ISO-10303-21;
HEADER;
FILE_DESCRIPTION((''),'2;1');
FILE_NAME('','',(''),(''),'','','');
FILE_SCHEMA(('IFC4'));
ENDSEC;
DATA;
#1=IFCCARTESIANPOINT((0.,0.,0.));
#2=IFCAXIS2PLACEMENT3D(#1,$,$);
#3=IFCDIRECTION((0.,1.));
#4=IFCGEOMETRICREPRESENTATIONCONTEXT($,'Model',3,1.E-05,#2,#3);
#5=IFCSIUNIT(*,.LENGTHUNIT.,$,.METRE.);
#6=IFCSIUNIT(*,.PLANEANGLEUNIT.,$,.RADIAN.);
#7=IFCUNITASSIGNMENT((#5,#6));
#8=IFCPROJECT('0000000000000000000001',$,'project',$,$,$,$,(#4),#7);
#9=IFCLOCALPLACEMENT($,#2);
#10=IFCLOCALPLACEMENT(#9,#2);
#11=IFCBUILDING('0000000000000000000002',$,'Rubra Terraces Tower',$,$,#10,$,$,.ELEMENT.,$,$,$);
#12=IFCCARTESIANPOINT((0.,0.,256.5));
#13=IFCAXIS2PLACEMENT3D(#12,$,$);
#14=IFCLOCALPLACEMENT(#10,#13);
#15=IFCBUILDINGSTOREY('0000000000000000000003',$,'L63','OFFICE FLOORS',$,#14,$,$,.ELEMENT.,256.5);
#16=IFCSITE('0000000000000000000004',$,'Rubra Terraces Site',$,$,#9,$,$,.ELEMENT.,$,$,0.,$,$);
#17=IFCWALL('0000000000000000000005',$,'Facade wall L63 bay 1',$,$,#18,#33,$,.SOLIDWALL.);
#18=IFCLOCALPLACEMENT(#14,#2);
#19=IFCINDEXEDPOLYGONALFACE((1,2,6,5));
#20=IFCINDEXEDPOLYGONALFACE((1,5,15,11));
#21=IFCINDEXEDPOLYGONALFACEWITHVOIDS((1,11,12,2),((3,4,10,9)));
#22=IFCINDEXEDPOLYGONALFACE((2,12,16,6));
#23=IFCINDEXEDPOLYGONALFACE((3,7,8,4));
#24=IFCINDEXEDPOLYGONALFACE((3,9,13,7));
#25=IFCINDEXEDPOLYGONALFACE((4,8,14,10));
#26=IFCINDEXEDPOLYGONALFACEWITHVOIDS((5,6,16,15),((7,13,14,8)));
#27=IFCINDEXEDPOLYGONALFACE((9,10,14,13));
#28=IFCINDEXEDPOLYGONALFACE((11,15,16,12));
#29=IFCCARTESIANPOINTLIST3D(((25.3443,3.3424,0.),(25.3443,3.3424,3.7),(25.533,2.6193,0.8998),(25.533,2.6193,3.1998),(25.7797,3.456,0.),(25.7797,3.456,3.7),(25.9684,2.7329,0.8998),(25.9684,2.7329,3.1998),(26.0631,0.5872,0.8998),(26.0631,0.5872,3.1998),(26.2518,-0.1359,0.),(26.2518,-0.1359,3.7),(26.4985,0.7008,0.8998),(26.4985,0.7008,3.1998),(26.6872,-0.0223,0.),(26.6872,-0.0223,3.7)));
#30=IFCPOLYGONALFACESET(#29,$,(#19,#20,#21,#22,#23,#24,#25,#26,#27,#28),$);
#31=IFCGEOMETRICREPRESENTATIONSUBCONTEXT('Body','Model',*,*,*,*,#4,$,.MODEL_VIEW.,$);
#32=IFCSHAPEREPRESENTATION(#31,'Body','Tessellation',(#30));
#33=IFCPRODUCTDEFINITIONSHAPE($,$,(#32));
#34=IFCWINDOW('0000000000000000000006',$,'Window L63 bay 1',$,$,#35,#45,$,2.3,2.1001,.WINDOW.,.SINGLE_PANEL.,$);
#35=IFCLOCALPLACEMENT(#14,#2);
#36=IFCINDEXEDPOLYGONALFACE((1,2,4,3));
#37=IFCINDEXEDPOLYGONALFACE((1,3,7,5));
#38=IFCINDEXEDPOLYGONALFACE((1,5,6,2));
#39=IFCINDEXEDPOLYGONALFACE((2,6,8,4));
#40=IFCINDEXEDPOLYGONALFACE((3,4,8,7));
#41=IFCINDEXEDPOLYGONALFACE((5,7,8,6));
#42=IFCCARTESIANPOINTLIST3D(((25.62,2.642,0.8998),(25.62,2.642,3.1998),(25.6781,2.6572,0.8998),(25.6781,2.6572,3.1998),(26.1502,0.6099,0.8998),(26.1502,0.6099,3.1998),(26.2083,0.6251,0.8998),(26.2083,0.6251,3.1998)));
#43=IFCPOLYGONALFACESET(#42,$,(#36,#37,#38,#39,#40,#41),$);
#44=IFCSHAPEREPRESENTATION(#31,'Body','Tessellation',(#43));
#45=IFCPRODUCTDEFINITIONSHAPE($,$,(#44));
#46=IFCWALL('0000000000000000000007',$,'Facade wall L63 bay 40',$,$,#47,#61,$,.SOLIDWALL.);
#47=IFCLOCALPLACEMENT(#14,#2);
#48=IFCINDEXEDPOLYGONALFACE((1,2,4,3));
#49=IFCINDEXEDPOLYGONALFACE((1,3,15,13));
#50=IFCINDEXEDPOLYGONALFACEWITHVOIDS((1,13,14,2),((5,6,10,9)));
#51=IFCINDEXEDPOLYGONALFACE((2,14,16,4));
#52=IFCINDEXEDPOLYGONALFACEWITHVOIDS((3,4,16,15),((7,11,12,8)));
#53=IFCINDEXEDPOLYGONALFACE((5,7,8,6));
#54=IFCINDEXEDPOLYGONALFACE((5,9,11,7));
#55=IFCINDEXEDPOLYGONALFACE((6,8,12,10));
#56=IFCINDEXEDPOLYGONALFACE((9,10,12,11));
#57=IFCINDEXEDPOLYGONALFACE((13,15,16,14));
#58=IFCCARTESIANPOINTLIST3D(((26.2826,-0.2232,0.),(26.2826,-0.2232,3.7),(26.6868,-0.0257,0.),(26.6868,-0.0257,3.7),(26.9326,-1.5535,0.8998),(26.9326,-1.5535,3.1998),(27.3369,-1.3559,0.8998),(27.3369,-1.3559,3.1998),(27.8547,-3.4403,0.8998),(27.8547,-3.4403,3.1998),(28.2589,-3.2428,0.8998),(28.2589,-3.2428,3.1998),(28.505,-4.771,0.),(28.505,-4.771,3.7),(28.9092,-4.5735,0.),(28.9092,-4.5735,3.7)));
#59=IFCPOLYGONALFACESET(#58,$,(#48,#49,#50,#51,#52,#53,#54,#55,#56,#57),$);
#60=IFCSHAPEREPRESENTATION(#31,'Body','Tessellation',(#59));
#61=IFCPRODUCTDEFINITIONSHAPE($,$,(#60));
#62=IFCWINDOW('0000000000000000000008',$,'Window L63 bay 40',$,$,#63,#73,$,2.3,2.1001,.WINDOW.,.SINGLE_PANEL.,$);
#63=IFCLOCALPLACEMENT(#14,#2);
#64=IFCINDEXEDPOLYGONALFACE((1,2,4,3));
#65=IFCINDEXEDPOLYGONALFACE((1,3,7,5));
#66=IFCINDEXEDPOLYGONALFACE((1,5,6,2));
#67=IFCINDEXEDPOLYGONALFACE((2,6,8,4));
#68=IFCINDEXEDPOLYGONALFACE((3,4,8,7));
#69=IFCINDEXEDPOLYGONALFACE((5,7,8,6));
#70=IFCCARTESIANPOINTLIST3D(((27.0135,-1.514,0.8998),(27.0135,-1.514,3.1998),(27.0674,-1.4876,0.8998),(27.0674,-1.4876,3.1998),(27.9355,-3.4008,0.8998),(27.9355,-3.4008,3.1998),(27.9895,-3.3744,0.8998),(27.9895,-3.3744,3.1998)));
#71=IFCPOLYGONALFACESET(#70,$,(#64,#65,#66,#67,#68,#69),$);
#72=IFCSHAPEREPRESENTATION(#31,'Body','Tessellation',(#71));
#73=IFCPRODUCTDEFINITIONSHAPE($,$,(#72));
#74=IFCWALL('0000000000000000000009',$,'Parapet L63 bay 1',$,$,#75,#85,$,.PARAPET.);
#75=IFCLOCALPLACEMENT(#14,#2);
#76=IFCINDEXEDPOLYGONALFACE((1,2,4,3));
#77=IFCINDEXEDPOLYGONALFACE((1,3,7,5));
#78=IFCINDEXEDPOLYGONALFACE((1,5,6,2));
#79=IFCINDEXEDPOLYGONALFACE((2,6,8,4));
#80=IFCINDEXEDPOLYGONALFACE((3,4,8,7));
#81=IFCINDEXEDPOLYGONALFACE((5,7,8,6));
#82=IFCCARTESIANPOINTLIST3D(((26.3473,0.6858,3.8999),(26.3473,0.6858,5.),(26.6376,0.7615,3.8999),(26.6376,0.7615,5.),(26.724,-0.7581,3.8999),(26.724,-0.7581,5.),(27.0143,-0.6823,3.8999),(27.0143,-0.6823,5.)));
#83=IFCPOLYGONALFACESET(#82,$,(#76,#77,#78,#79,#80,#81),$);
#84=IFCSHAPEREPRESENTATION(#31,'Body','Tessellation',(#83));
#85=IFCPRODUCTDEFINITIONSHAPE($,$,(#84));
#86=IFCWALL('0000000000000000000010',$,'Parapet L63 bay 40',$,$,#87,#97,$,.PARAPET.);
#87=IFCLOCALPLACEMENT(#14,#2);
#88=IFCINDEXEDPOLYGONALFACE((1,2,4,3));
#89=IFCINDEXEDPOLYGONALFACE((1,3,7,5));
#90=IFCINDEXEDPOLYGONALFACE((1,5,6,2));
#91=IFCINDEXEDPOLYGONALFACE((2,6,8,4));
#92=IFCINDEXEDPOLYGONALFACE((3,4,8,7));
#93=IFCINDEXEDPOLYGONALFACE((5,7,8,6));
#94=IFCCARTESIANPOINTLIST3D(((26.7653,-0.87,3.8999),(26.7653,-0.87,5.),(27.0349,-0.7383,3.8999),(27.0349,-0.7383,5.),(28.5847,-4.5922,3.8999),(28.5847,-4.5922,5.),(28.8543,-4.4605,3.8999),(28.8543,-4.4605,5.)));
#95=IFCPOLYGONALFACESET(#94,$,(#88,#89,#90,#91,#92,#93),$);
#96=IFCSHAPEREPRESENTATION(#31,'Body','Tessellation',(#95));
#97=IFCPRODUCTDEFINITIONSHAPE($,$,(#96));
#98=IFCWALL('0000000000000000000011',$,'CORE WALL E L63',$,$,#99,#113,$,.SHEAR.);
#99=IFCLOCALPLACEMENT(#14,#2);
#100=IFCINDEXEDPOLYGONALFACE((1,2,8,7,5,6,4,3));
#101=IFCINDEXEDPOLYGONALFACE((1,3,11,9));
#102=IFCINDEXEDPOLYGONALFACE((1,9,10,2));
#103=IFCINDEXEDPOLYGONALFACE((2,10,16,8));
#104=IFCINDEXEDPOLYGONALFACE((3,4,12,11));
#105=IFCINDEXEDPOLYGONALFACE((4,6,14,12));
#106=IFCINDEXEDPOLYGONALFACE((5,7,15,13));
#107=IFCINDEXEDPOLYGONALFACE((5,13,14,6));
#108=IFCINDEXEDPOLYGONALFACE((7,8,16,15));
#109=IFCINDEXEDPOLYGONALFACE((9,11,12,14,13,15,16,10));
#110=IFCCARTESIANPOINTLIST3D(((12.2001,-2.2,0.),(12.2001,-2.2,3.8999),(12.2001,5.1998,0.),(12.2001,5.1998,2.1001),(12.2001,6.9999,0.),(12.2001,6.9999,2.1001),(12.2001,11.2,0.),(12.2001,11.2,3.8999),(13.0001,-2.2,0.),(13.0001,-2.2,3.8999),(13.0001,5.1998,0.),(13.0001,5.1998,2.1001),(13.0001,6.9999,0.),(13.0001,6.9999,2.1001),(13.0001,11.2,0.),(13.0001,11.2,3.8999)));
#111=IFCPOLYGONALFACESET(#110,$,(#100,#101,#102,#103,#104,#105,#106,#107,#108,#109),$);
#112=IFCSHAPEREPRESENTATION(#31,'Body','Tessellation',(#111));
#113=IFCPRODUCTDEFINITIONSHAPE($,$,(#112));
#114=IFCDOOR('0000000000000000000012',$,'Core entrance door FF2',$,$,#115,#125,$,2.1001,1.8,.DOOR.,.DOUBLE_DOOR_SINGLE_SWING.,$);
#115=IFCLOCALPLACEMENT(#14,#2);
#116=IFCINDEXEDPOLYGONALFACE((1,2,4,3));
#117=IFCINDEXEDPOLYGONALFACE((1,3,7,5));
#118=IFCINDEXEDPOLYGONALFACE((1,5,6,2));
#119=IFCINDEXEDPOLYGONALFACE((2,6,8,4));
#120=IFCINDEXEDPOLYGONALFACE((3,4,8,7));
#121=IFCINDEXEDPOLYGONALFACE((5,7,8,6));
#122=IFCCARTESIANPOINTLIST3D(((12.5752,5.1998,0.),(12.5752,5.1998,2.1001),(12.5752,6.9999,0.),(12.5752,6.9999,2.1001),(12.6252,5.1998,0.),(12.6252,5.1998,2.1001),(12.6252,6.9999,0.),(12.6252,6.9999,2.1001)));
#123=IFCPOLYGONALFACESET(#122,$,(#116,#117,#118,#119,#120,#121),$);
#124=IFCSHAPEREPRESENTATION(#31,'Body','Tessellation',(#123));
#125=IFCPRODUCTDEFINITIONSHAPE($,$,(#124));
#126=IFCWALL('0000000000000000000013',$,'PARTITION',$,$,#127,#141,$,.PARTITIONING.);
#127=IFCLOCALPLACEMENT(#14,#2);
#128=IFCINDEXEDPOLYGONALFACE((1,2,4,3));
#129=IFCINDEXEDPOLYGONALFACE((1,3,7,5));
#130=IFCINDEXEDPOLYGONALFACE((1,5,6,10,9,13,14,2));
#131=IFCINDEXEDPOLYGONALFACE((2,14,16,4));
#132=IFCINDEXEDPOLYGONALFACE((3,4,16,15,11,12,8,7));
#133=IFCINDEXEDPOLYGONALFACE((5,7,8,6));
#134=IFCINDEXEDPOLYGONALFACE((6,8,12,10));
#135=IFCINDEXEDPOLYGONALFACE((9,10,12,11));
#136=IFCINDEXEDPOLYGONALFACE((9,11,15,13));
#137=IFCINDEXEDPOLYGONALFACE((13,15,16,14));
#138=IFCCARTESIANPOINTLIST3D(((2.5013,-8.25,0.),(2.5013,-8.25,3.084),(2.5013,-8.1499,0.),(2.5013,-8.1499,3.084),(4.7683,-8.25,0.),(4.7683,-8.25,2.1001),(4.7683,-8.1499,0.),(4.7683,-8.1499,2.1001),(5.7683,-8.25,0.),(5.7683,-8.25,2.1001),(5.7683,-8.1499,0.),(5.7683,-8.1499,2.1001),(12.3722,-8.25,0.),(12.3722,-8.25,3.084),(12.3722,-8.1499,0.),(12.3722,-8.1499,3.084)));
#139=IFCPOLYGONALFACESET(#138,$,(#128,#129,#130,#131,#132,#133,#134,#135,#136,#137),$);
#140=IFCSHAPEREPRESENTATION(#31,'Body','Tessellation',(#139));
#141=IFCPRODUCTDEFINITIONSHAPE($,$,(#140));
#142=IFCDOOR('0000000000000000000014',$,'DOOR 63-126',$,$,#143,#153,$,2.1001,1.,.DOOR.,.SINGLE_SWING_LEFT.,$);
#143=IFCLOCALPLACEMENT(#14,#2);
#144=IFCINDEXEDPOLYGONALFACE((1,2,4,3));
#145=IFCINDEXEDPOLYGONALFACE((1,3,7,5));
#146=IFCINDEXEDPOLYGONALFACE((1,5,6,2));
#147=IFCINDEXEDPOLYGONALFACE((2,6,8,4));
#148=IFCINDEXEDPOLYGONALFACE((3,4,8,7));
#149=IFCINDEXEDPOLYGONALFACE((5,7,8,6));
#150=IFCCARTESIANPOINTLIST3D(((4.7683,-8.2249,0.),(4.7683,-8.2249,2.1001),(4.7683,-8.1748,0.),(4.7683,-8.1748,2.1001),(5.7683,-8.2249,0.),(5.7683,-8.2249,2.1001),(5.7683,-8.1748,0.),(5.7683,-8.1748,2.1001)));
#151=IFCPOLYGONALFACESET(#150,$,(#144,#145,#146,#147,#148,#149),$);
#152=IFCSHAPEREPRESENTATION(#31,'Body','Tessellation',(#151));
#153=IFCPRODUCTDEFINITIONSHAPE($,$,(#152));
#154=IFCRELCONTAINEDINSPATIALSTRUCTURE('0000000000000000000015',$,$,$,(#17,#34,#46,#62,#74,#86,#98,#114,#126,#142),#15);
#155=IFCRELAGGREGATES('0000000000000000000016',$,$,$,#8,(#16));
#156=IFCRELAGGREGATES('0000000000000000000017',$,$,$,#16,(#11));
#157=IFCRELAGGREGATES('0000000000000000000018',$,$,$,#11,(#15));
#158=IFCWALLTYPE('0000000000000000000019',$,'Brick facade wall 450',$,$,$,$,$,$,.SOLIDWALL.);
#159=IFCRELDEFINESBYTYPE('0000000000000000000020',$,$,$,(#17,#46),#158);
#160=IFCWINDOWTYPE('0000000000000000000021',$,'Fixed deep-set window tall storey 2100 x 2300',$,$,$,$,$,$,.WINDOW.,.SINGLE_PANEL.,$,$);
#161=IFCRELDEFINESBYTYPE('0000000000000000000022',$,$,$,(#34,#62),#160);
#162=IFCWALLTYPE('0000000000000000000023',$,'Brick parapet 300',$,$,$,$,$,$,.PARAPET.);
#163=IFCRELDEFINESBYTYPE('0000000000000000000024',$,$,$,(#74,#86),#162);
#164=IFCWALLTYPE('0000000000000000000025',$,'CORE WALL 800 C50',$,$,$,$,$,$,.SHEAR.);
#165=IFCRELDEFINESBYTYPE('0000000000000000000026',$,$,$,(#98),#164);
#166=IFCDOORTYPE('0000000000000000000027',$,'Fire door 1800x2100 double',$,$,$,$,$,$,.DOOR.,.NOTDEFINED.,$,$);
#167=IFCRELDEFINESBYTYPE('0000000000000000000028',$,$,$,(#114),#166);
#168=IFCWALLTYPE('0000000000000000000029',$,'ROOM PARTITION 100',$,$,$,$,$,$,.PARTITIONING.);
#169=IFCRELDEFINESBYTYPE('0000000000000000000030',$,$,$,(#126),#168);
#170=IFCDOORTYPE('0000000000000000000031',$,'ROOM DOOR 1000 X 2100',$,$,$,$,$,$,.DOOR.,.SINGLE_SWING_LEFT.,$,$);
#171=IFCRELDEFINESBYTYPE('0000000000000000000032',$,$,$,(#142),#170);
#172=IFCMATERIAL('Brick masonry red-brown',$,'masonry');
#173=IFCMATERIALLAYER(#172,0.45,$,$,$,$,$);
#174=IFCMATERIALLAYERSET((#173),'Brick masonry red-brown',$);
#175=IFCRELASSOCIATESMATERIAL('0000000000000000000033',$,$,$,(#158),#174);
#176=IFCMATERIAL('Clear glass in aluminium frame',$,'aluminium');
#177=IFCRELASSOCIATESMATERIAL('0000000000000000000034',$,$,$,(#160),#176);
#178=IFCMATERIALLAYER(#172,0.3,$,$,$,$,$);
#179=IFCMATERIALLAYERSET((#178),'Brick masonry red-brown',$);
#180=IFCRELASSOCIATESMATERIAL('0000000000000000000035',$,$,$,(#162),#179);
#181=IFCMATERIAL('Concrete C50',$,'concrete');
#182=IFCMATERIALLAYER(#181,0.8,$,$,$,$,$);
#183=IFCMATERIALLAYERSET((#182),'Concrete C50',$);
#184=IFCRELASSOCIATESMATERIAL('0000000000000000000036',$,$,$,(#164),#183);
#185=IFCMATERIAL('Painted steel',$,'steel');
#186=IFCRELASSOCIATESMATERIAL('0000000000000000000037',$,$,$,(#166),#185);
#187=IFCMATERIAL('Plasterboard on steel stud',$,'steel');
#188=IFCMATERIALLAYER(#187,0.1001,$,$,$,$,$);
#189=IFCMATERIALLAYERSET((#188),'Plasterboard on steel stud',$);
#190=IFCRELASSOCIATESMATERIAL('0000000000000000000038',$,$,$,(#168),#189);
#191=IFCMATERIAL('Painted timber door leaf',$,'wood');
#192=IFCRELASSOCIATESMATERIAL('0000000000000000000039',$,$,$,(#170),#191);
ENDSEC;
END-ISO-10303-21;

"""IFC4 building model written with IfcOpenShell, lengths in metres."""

from ifc_helpers import new_model, si_unit, direction, frame, frame_2d, origin, place, context, subcontext, project, spatial, rectangle, extrude, material, layer, layer_set, type_object, element, fill, save


model = new_model("IFC4")

# Units and contexts
model_context = context("Model", 3, precision=1e-05, world=origin(), true_north=direction((0.0, 1.0)))
body_context = subcontext(model_context, "Body", "Model", "MODEL_VIEW")
ifc_project = project(units=[si_unit("LENGTHUNIT", "METRE"), si_unit("PLANEANGLEUNIT", "RADIAN")], contexts=[model_context])

# Site, building, storey
site_placement = place(None, origin())
site = spatial("IfcSite", under=ifc_project, at=site_placement, Name="Rubra Terraces Site", CompositionType="ELEMENT", RefElevation=0.0)
building_placement = place(site_placement, origin())
building = spatial("IfcBuilding", under=site, at=building_placement, Name="Rubra Terraces Tower", CompositionType="ELEMENT")
storey_placement = place(building_placement, frame((0.0, 0.0, 256.5)))
storey = spatial("IfcBuildingStorey", under=building, at=storey_placement, Name="L63", Description="OFFICE FLOORS", CompositionType="ELEMENT", Elevation=256.5)

# Shared definitions
ifc_material_1 = material(Name="Concrete C50", Category="concrete")

# Walls, openings, windows
ifc_material_2 = material(Name="Brick masonry red-brown", Category="masonry")
ifc_layer_1 = layer(ifc_material_2, 0.45)
ifc_layer_set_1 = layer_set([ifc_layer_1], Name="Brick masonry red-brown")
wall_type_1 = type_object("IfcWallType", Name="Brick facade wall 450", PredefinedType="SOLIDWALL", material=ifc_layer_set_1)
wall_1_placement = place(storey_placement, frame((26.4695, -0.0791, 0.0), z_axis=(0.0, 0.0, 1.0), x_axis=(-0.252447, 0.967611, 0.0)))
wall_1 = element("IfcWall", 1, at=wall_1_placement, inside=storey, type_object=wall_type_1, Name="Facade wall L63 bay 1", PredefinedType="SOLIDWALL", context=body_context, shape_type="SweptSolid", body=[
    extrude(rectangle(XDim=3.5947, YDim=0.45, at=frame_2d((1.7974, 0.0))), origin(), (0.0, 0.0, 1.0), 3.7),
])
opening_1_placement = place(wall_1_placement, frame((0.7473, 0.0, 0.8999)))
opening_1 = element("IfcOpeningElement", 2, at=opening_1_placement, cuts=wall_1, PredefinedType="OPENING", context=body_context, shape_type="SweptSolid", body=[
    extrude(rectangle(XDim=2.1001, YDim=2.3, at=frame_2d((1.05, 1.1499))), frame((0.0, 0.2349, 0.0), z_axis=(0.0, -1.0, 0.0), x_axis=(1.0, 0.0, 0.0)), (0.0, 0.0, 1.0), 0.47),
])
ifc_material_3 = material(Name="Clear glass in aluminium frame", Category="aluminium")
window_type = type_object("IfcWindowType", Name="Fixed deep-set window tall storey 2100 x 2300", PartitioningType="SINGLE_PANEL", PredefinedType="WINDOW", material=ifc_material_3)
window_1_placement = place(opening_1_placement, origin())
window_1 = element("IfcWindow", 3, at=window_1_placement, inside=storey, type_object=window_type, Name="Window L63 bay 1", OverallHeight=2.3, OverallWidth=2.1001, PartitioningType="SINGLE_PANEL", PredefinedType="WINDOW", context=body_context, shape_type="SweptSolid", body=[
    extrude(rectangle(XDim=2.1001, YDim=2.3, at=frame_2d((1.05, 1.1499))), frame((0.0, 0.135, 0.0), z_axis=(0.0, -1.0, 0.0), x_axis=(1.0, 0.0, 0.0)), (0.0, 0.0, 1.0), 0.0601),
])
fill(opening_1, window_1)
wall_2_placement = place(storey_placement, frame((28.707, -4.6721, 0.0), z_axis=(0.0, 0.0, 1.0), x_axis=(-0.439054, 0.898461, 0.0)))
wall_2 = element("IfcWall", 4, at=wall_2_placement, inside=storey, type_object=wall_type_1, Name="Facade wall L63 bay 40", PredefinedType="SOLIDWALL", context=body_context, shape_type="SweptSolid", body=[
    extrude(rectangle(XDim=5.0618, YDim=0.45, at=frame_2d((2.5308, 0.0))), origin(), (0.0, 0.0, 1.0), 3.7),
])
opening_2_placement = place(wall_2_placement, frame((1.481, 0.0, 0.8999)))
opening_2 = element("IfcOpeningElement", 5, at=opening_2_placement, cuts=wall_2, PredefinedType="OPENING", context=body_context, shape_type="SweptSolid", body=[
    extrude(rectangle(XDim=2.1001, YDim=2.3, at=frame_2d((1.05, 1.1499))), frame((0.0, 0.2349, 0.0), z_axis=(0.0, -1.0, 0.0), x_axis=(1.0, 0.0, 0.0)), (0.0, 0.0, 1.0), 0.47),
])
window_2_placement = place(opening_2_placement, origin())
window_2 = element("IfcWindow", 6, at=window_2_placement, inside=storey, type_object=window_type, Name="Window L63 bay 40", OverallHeight=2.3, OverallWidth=2.1001, PartitioningType="SINGLE_PANEL", PredefinedType="WINDOW", context=body_context, shape_type="SweptSolid", body=[
    extrude(rectangle(XDim=2.1001, YDim=2.3, at=frame_2d((1.05, 1.1499))), frame((0.0, 0.135, 0.0), z_axis=(0.0, -1.0, 0.0), x_axis=(1.0, 0.0, 0.0)), (0.0, 0.0, 1.0), 0.0601),
])
fill(opening_2, window_2)

# Walls
ifc_layer_2 = layer(ifc_material_2, 0.3)
ifc_layer_set_2 = layer_set([ifc_layer_2], Name="Brick masonry red-brown")
wall_type_2 = type_object("IfcWallType", Name="Brick parapet 300", PredefinedType="PARAPET", material=ifc_layer_set_2)
wall_3_placement = place(storey_placement, frame((26.8691, -0.7202, 3.8999), z_axis=(0.0, 0.0, 1.0), x_axis=(-0.252455, 0.967609, 0.0)))
element("IfcWall", 7, at=wall_3_placement, inside=storey, type_object=wall_type_2, Name="Parapet L63 bay 1", PredefinedType="PARAPET", context=body_context, shape_type="SweptSolid", body=[
    extrude(rectangle(XDim=1.4922, YDim=0.3, at=frame_2d((0.7461, 0.0))), origin(), (0.0, 0.0, 1.0), 1.1001),
])
wall_4_placement = place(storey_placement, frame((28.7195, -4.5264, 3.8999), z_axis=(0.0, 0.0, 1.0), x_axis=(-0.439134, 0.898422, 0.0)))
element("IfcWall", 8, at=wall_4_placement, inside=storey, type_object=wall_type_2, Name="Parapet L63 bay 40", PredefinedType="PARAPET", context=body_context, shape_type="SweptSolid", body=[
    extrude(rectangle(XDim=4.1431, YDim=0.3, at=frame_2d((2.0715, 0.0))), origin(), (0.0, 0.0, 1.0), 1.1001),
])

# Wall, opening, door
ifc_layer_3 = layer(ifc_material_1, 0.8)
ifc_layer_set_3 = layer_set([ifc_layer_3], Name="Concrete C50")
wall_type_3 = type_object("IfcWallType", Name="CORE WALL 800 C50", PredefinedType="SHEAR", material=ifc_layer_set_3)
wall_5_placement = place(storey_placement, frame((12.6001, -2.2, 0.0), z_axis=(0.0, 0.0, 1.0), x_axis=(0.0, 1.0, 0.0)))
wall_5 = element("IfcWall", 9, at=wall_5_placement, inside=storey, type_object=wall_type_3, Name="CORE WALL E L63", PredefinedType="SHEAR", context=body_context, shape_type="SweptSolid", body=[
    extrude(rectangle(XDim=13.3999, YDim=0.8, at=frame_2d((6.7, 0.0))), origin(), (0.0, 0.0, 1.0), 3.8999),
])
opening_3_placement = place(wall_5_placement, frame((7.3999, 0.0, 0.0)))
opening_3 = element("IfcOpeningElement", 10, at=opening_3_placement, cuts=wall_5, PredefinedType="OPENING", context=body_context, shape_type="SweptSolid", body=[
    extrude(rectangle(XDim=1.8, YDim=2.1001, at=frame_2d((0.8999, 1.05))), frame((0.0, 0.4099, 0.0), z_axis=(0.0, -1.0, 0.0), x_axis=(1.0, 0.0, 0.0)), (0.0, 0.0, 1.0), 0.8201),
])
ifc_material_4 = material(Name="Painted steel", Category="steel")
door_type_1 = type_object("IfcDoorType", Name="Fire door 1800x2100 double", OperationType="NOTDEFINED", PredefinedType="DOOR", material=ifc_material_4)
door_1_placement = place(opening_3_placement, origin())
door_1 = element("IfcDoor", 11, at=door_1_placement, inside=storey, type_object=door_type_1, Name="Core entrance door FF2", OperationType="DOUBLE_DOOR_SINGLE_SWING", OverallHeight=2.1001, OverallWidth=1.8, PredefinedType="DOOR", context=body_context, shape_type="SweptSolid", body=[
    extrude(rectangle(XDim=1.8, YDim=2.1001, at=frame_2d((0.8999, 1.05))), frame((0.0, 0.0249, 0.0), z_axis=(0.0, -1.0, 0.0), x_axis=(1.0, 0.0, 0.0)), (0.0, 0.0, 1.0), 0.05),
])
fill(opening_3, door_1)

# Wall, opening, door
ifc_material_5 = material(Name="Plasterboard on steel stud", Category="steel")
ifc_layer_4 = layer(ifc_material_5, 0.1001)
ifc_layer_set_4 = layer_set([ifc_layer_4], Name="Plasterboard on steel stud")
wall_type_4 = type_object("IfcWallType", Name="ROOM PARTITION 100", PredefinedType="PARTITIONING", material=ifc_layer_set_4)
wall_6_placement = place(storey_placement, frame((12.3723, -8.2, 0.0), z_axis=(0.0, 0.0, 1.0), x_axis=(-1.0, 0.0, 0.0)))
wall_6 = element("IfcWall", 12, at=wall_6_placement, inside=storey, type_object=wall_type_4, Name="PARTITION", PredefinedType="PARTITIONING", context=body_context, shape_type="SweptSolid", body=[
    extrude(rectangle(XDim=9.8708, YDim=0.1001, at=frame_2d((4.9355, 0.0))), origin(), (0.0, 0.0, 1.0), 3.084),
])
opening_4_placement = place(wall_6_placement, frame((6.604, 0.0, 0.0)))
opening_4 = element("IfcOpeningElement", 13, at=opening_4_placement, cuts=wall_6, PredefinedType="OPENING", context=body_context, shape_type="SweptSolid", body=[
    extrude(rectangle(XDim=1.0, YDim=2.1001, at=frame_2d((0.5, 1.05))), frame((0.0, 0.0601, 0.0), z_axis=(0.0, -1.0, 0.0), x_axis=(1.0, 0.0, 0.0)), (0.0, 0.0, 1.0), 0.1201),
])
ifc_material_6 = material(Name="Painted timber door leaf", Category="wood")
door_type_2 = type_object("IfcDoorType", Name="ROOM DOOR 1000 X 2100", OperationType="SINGLE_SWING_LEFT", PredefinedType="DOOR", material=ifc_material_6)
door_2_placement = place(opening_4_placement, origin())
door_2 = element("IfcDoor", 14, at=door_2_placement, inside=storey, type_object=door_type_2, Name="DOOR 63-126", OperationType="SINGLE_SWING_LEFT", OverallHeight=2.1001, OverallWidth=1.0, PredefinedType="DOOR", context=body_context, shape_type="SweptSolid", body=[
    extrude(rectangle(XDim=1.0, YDim=2.1001, at=frame_2d((0.5, 1.05))), frame((0.0, 0.0249, 0.0), z_axis=(0.0, -1.0, 0.0), x_axis=(1.0, 0.0, 0.0)), (0.0, 0.0, 1.0), 0.05),
])
fill(opening_4, door_2)

save(model, "model.ifc")
